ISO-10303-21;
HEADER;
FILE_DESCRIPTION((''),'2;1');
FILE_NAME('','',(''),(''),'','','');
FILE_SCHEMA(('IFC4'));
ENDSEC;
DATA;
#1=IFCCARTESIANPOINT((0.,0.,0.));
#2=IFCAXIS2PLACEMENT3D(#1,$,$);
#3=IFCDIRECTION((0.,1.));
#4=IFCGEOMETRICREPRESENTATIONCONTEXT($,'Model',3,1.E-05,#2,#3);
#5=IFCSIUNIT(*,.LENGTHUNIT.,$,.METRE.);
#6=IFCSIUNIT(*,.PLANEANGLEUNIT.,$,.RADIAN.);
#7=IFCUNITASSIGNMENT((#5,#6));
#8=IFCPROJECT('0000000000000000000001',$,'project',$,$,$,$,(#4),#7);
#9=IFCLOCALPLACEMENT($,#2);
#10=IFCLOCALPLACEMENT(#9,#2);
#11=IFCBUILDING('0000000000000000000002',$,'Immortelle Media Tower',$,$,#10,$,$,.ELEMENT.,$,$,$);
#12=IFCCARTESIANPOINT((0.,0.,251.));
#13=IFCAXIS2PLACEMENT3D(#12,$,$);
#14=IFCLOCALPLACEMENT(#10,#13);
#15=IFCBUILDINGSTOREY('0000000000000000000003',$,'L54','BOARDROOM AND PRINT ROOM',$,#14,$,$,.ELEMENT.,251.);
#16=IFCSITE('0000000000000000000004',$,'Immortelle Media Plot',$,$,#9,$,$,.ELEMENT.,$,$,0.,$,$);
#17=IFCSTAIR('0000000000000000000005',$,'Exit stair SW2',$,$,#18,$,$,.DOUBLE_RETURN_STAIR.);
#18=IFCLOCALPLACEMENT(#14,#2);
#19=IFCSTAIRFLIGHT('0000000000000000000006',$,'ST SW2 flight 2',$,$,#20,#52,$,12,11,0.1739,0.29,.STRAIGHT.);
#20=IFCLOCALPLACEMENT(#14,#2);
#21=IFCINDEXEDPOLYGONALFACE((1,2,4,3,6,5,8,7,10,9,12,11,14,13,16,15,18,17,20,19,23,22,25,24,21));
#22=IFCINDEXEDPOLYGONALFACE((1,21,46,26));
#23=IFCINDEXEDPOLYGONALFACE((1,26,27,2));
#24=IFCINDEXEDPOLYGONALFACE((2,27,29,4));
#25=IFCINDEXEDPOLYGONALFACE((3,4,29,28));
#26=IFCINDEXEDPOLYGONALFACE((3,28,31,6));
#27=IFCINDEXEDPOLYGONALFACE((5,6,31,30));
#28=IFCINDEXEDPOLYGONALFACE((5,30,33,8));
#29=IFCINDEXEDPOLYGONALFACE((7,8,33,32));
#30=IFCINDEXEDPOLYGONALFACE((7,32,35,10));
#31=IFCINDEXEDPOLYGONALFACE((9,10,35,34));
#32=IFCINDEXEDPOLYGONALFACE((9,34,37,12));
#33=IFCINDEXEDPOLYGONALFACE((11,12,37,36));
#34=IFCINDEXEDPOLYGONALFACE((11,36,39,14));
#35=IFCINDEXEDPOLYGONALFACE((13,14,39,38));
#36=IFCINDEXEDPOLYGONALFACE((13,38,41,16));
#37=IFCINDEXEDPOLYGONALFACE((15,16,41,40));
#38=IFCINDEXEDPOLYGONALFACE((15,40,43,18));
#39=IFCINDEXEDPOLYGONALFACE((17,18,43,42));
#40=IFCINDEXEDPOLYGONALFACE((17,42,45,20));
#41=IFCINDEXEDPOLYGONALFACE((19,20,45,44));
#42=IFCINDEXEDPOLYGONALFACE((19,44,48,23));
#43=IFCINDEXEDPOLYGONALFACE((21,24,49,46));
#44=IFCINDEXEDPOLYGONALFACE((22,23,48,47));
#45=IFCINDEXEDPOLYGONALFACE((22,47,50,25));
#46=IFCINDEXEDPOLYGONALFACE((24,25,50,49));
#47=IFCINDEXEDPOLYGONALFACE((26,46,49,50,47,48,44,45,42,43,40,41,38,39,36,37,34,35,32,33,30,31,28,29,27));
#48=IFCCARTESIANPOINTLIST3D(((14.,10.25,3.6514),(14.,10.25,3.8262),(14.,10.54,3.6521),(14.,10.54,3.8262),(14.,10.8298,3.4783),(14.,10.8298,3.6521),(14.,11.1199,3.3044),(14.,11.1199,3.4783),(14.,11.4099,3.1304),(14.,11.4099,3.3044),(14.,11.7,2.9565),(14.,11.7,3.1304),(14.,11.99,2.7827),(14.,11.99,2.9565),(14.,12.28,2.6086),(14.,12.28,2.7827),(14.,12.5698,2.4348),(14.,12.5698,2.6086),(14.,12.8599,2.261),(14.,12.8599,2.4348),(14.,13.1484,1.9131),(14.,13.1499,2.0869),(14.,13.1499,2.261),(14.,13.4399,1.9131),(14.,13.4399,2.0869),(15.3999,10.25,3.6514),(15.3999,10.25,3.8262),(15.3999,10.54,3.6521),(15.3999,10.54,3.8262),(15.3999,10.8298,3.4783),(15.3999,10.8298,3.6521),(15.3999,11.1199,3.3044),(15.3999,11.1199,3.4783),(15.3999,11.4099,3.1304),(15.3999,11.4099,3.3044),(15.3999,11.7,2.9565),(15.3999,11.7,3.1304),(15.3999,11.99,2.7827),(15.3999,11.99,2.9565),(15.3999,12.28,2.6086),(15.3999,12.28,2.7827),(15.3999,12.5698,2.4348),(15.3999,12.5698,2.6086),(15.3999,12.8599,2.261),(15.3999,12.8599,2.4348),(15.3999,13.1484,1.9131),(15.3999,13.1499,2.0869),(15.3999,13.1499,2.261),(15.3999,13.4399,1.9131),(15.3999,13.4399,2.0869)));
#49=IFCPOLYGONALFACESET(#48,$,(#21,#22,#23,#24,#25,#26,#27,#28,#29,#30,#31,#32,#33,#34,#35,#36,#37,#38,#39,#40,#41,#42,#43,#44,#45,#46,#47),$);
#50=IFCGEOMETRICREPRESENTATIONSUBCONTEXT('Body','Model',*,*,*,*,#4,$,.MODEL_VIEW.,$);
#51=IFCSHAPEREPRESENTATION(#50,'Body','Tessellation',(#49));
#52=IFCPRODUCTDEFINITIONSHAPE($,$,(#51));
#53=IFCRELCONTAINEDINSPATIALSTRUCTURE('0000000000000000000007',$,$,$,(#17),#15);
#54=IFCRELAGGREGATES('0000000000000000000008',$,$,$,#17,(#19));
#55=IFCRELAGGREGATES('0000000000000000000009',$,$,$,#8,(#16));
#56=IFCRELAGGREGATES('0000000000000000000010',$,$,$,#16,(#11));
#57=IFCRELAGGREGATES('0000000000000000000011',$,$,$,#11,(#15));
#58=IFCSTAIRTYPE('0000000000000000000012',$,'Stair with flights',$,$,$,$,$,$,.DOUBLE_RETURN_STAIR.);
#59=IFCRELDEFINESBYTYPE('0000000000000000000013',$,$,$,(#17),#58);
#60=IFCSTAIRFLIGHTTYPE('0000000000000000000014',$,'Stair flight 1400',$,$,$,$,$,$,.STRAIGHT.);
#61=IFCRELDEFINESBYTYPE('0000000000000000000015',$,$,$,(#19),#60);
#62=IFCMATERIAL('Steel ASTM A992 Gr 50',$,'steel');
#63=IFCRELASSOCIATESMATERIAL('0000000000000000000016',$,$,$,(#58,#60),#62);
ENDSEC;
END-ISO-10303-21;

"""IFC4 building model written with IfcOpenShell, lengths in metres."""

from ifc_helpers import new_model, si_unit, direction, frame, origin, place, context, subcontext, project, spatial, polyline, outline, extrude, material, type_object, element, aggregate, save


model = new_model("IFC4")

# Units and contexts
model_context = context("Model", 3, precision=1e-05, world=origin(), true_north=direction((0.0, 1.0)))
body_context = subcontext(model_context, "Body", "Model", "MODEL_VIEW")
ifc_project = project(units=[si_unit("LENGTHUNIT", "METRE"), si_unit("PLANEANGLEUNIT", "RADIAN")], contexts=[model_context])

# Site, building, storey
site_placement = place(None, origin())
site = spatial("IfcSite", under=ifc_project, at=site_placement, Name="Immortelle Media Plot", CompositionType="ELEMENT", RefElevation=0.0)
building_placement = place(site_placement, origin())
building = spatial("IfcBuilding", under=site, at=building_placement, Name="Immortelle Media Tower", CompositionType="ELEMENT")
storey_placement = place(building_placement, frame((0.0, 0.0, 251.0)))
storey = spatial("IfcBuildingStorey", under=building, at=storey_placement, Name="L54", Description="BOARDROOM AND PRINT ROOM", CompositionType="ELEMENT", Elevation=251.0)

# Shared definitions
ifc_material_1 = material(Name="Steel ASTM A992 Gr 50", Category="steel")

# Stair, stair flight
stair_type = type_object("IfcStairType", Name="Stair with flights", PredefinedType="DOUBLE_RETURN_STAIR", material=ifc_material_1)
stair_flight_type = type_object("IfcStairFlightType", Name="Stair flight 1400", PredefinedType="STRAIGHT", material=ifc_material_1)
stair_1_placement = place(storey_placement, origin())
stair_1 = element("IfcStair", 1, at=stair_1_placement, inside=storey, type_object=stair_type, Name="Exit stair SW2", PredefinedType="DOUBLE_RETURN_STAIR")
stair_flight_1_placement = place(storey_placement, frame((14.7, 13.4399, 1.9131), z_axis=(0.0, 0.0, 1.0), x_axis=(0.0, -1.0, 0.0)))
stair_flight_1 = element("IfcStairFlight", 2, at=stair_flight_1_placement, type_object=stair_flight_type, Name="ST SW2 flight 2", NumberOfRisers=12, NumberOfTreads=11, PredefinedType="STRAIGHT", RiserHeight=0.1739, TreadLength=0.29, context=body_context, shape_type="SweptSolid", body=[
    extrude(outline(polyline([(0.0, 0.0), (0.0, 0.1738), (0.29, 0.1738), (0.29, 0.3479), (0.5801, 0.3479), (0.5801, 0.5217), (0.8701, 0.5217), (0.8701, 0.6956), (1.1599, 0.6956), (1.1599, 0.8696), (1.45, 0.8696), (1.45, 1.0435), (1.74, 1.0435), (1.74, 1.2173), (2.03, 1.2173), (2.03, 1.3914), (2.3201, 1.3914), (2.3201, 1.5652), (2.6101, 1.5652), (2.6101, 1.739), (2.8999, 1.739), (2.8999, 1.9131), (3.1899, 1.9131), (3.1899, 2.0869), (3.1899, 1.7383), (0.2915, 0.0), (0.0, 0.0)])), frame((0.0, 0.7, 0.0), z_axis=(0.0, -1.0, 0.0), x_axis=(1.0, 0.0, 0.0)), (0.0, 0.0, 1.0), 1.3999),
])
aggregate(stair_1, [stair_flight_1])

save(model, "model.ifc")
